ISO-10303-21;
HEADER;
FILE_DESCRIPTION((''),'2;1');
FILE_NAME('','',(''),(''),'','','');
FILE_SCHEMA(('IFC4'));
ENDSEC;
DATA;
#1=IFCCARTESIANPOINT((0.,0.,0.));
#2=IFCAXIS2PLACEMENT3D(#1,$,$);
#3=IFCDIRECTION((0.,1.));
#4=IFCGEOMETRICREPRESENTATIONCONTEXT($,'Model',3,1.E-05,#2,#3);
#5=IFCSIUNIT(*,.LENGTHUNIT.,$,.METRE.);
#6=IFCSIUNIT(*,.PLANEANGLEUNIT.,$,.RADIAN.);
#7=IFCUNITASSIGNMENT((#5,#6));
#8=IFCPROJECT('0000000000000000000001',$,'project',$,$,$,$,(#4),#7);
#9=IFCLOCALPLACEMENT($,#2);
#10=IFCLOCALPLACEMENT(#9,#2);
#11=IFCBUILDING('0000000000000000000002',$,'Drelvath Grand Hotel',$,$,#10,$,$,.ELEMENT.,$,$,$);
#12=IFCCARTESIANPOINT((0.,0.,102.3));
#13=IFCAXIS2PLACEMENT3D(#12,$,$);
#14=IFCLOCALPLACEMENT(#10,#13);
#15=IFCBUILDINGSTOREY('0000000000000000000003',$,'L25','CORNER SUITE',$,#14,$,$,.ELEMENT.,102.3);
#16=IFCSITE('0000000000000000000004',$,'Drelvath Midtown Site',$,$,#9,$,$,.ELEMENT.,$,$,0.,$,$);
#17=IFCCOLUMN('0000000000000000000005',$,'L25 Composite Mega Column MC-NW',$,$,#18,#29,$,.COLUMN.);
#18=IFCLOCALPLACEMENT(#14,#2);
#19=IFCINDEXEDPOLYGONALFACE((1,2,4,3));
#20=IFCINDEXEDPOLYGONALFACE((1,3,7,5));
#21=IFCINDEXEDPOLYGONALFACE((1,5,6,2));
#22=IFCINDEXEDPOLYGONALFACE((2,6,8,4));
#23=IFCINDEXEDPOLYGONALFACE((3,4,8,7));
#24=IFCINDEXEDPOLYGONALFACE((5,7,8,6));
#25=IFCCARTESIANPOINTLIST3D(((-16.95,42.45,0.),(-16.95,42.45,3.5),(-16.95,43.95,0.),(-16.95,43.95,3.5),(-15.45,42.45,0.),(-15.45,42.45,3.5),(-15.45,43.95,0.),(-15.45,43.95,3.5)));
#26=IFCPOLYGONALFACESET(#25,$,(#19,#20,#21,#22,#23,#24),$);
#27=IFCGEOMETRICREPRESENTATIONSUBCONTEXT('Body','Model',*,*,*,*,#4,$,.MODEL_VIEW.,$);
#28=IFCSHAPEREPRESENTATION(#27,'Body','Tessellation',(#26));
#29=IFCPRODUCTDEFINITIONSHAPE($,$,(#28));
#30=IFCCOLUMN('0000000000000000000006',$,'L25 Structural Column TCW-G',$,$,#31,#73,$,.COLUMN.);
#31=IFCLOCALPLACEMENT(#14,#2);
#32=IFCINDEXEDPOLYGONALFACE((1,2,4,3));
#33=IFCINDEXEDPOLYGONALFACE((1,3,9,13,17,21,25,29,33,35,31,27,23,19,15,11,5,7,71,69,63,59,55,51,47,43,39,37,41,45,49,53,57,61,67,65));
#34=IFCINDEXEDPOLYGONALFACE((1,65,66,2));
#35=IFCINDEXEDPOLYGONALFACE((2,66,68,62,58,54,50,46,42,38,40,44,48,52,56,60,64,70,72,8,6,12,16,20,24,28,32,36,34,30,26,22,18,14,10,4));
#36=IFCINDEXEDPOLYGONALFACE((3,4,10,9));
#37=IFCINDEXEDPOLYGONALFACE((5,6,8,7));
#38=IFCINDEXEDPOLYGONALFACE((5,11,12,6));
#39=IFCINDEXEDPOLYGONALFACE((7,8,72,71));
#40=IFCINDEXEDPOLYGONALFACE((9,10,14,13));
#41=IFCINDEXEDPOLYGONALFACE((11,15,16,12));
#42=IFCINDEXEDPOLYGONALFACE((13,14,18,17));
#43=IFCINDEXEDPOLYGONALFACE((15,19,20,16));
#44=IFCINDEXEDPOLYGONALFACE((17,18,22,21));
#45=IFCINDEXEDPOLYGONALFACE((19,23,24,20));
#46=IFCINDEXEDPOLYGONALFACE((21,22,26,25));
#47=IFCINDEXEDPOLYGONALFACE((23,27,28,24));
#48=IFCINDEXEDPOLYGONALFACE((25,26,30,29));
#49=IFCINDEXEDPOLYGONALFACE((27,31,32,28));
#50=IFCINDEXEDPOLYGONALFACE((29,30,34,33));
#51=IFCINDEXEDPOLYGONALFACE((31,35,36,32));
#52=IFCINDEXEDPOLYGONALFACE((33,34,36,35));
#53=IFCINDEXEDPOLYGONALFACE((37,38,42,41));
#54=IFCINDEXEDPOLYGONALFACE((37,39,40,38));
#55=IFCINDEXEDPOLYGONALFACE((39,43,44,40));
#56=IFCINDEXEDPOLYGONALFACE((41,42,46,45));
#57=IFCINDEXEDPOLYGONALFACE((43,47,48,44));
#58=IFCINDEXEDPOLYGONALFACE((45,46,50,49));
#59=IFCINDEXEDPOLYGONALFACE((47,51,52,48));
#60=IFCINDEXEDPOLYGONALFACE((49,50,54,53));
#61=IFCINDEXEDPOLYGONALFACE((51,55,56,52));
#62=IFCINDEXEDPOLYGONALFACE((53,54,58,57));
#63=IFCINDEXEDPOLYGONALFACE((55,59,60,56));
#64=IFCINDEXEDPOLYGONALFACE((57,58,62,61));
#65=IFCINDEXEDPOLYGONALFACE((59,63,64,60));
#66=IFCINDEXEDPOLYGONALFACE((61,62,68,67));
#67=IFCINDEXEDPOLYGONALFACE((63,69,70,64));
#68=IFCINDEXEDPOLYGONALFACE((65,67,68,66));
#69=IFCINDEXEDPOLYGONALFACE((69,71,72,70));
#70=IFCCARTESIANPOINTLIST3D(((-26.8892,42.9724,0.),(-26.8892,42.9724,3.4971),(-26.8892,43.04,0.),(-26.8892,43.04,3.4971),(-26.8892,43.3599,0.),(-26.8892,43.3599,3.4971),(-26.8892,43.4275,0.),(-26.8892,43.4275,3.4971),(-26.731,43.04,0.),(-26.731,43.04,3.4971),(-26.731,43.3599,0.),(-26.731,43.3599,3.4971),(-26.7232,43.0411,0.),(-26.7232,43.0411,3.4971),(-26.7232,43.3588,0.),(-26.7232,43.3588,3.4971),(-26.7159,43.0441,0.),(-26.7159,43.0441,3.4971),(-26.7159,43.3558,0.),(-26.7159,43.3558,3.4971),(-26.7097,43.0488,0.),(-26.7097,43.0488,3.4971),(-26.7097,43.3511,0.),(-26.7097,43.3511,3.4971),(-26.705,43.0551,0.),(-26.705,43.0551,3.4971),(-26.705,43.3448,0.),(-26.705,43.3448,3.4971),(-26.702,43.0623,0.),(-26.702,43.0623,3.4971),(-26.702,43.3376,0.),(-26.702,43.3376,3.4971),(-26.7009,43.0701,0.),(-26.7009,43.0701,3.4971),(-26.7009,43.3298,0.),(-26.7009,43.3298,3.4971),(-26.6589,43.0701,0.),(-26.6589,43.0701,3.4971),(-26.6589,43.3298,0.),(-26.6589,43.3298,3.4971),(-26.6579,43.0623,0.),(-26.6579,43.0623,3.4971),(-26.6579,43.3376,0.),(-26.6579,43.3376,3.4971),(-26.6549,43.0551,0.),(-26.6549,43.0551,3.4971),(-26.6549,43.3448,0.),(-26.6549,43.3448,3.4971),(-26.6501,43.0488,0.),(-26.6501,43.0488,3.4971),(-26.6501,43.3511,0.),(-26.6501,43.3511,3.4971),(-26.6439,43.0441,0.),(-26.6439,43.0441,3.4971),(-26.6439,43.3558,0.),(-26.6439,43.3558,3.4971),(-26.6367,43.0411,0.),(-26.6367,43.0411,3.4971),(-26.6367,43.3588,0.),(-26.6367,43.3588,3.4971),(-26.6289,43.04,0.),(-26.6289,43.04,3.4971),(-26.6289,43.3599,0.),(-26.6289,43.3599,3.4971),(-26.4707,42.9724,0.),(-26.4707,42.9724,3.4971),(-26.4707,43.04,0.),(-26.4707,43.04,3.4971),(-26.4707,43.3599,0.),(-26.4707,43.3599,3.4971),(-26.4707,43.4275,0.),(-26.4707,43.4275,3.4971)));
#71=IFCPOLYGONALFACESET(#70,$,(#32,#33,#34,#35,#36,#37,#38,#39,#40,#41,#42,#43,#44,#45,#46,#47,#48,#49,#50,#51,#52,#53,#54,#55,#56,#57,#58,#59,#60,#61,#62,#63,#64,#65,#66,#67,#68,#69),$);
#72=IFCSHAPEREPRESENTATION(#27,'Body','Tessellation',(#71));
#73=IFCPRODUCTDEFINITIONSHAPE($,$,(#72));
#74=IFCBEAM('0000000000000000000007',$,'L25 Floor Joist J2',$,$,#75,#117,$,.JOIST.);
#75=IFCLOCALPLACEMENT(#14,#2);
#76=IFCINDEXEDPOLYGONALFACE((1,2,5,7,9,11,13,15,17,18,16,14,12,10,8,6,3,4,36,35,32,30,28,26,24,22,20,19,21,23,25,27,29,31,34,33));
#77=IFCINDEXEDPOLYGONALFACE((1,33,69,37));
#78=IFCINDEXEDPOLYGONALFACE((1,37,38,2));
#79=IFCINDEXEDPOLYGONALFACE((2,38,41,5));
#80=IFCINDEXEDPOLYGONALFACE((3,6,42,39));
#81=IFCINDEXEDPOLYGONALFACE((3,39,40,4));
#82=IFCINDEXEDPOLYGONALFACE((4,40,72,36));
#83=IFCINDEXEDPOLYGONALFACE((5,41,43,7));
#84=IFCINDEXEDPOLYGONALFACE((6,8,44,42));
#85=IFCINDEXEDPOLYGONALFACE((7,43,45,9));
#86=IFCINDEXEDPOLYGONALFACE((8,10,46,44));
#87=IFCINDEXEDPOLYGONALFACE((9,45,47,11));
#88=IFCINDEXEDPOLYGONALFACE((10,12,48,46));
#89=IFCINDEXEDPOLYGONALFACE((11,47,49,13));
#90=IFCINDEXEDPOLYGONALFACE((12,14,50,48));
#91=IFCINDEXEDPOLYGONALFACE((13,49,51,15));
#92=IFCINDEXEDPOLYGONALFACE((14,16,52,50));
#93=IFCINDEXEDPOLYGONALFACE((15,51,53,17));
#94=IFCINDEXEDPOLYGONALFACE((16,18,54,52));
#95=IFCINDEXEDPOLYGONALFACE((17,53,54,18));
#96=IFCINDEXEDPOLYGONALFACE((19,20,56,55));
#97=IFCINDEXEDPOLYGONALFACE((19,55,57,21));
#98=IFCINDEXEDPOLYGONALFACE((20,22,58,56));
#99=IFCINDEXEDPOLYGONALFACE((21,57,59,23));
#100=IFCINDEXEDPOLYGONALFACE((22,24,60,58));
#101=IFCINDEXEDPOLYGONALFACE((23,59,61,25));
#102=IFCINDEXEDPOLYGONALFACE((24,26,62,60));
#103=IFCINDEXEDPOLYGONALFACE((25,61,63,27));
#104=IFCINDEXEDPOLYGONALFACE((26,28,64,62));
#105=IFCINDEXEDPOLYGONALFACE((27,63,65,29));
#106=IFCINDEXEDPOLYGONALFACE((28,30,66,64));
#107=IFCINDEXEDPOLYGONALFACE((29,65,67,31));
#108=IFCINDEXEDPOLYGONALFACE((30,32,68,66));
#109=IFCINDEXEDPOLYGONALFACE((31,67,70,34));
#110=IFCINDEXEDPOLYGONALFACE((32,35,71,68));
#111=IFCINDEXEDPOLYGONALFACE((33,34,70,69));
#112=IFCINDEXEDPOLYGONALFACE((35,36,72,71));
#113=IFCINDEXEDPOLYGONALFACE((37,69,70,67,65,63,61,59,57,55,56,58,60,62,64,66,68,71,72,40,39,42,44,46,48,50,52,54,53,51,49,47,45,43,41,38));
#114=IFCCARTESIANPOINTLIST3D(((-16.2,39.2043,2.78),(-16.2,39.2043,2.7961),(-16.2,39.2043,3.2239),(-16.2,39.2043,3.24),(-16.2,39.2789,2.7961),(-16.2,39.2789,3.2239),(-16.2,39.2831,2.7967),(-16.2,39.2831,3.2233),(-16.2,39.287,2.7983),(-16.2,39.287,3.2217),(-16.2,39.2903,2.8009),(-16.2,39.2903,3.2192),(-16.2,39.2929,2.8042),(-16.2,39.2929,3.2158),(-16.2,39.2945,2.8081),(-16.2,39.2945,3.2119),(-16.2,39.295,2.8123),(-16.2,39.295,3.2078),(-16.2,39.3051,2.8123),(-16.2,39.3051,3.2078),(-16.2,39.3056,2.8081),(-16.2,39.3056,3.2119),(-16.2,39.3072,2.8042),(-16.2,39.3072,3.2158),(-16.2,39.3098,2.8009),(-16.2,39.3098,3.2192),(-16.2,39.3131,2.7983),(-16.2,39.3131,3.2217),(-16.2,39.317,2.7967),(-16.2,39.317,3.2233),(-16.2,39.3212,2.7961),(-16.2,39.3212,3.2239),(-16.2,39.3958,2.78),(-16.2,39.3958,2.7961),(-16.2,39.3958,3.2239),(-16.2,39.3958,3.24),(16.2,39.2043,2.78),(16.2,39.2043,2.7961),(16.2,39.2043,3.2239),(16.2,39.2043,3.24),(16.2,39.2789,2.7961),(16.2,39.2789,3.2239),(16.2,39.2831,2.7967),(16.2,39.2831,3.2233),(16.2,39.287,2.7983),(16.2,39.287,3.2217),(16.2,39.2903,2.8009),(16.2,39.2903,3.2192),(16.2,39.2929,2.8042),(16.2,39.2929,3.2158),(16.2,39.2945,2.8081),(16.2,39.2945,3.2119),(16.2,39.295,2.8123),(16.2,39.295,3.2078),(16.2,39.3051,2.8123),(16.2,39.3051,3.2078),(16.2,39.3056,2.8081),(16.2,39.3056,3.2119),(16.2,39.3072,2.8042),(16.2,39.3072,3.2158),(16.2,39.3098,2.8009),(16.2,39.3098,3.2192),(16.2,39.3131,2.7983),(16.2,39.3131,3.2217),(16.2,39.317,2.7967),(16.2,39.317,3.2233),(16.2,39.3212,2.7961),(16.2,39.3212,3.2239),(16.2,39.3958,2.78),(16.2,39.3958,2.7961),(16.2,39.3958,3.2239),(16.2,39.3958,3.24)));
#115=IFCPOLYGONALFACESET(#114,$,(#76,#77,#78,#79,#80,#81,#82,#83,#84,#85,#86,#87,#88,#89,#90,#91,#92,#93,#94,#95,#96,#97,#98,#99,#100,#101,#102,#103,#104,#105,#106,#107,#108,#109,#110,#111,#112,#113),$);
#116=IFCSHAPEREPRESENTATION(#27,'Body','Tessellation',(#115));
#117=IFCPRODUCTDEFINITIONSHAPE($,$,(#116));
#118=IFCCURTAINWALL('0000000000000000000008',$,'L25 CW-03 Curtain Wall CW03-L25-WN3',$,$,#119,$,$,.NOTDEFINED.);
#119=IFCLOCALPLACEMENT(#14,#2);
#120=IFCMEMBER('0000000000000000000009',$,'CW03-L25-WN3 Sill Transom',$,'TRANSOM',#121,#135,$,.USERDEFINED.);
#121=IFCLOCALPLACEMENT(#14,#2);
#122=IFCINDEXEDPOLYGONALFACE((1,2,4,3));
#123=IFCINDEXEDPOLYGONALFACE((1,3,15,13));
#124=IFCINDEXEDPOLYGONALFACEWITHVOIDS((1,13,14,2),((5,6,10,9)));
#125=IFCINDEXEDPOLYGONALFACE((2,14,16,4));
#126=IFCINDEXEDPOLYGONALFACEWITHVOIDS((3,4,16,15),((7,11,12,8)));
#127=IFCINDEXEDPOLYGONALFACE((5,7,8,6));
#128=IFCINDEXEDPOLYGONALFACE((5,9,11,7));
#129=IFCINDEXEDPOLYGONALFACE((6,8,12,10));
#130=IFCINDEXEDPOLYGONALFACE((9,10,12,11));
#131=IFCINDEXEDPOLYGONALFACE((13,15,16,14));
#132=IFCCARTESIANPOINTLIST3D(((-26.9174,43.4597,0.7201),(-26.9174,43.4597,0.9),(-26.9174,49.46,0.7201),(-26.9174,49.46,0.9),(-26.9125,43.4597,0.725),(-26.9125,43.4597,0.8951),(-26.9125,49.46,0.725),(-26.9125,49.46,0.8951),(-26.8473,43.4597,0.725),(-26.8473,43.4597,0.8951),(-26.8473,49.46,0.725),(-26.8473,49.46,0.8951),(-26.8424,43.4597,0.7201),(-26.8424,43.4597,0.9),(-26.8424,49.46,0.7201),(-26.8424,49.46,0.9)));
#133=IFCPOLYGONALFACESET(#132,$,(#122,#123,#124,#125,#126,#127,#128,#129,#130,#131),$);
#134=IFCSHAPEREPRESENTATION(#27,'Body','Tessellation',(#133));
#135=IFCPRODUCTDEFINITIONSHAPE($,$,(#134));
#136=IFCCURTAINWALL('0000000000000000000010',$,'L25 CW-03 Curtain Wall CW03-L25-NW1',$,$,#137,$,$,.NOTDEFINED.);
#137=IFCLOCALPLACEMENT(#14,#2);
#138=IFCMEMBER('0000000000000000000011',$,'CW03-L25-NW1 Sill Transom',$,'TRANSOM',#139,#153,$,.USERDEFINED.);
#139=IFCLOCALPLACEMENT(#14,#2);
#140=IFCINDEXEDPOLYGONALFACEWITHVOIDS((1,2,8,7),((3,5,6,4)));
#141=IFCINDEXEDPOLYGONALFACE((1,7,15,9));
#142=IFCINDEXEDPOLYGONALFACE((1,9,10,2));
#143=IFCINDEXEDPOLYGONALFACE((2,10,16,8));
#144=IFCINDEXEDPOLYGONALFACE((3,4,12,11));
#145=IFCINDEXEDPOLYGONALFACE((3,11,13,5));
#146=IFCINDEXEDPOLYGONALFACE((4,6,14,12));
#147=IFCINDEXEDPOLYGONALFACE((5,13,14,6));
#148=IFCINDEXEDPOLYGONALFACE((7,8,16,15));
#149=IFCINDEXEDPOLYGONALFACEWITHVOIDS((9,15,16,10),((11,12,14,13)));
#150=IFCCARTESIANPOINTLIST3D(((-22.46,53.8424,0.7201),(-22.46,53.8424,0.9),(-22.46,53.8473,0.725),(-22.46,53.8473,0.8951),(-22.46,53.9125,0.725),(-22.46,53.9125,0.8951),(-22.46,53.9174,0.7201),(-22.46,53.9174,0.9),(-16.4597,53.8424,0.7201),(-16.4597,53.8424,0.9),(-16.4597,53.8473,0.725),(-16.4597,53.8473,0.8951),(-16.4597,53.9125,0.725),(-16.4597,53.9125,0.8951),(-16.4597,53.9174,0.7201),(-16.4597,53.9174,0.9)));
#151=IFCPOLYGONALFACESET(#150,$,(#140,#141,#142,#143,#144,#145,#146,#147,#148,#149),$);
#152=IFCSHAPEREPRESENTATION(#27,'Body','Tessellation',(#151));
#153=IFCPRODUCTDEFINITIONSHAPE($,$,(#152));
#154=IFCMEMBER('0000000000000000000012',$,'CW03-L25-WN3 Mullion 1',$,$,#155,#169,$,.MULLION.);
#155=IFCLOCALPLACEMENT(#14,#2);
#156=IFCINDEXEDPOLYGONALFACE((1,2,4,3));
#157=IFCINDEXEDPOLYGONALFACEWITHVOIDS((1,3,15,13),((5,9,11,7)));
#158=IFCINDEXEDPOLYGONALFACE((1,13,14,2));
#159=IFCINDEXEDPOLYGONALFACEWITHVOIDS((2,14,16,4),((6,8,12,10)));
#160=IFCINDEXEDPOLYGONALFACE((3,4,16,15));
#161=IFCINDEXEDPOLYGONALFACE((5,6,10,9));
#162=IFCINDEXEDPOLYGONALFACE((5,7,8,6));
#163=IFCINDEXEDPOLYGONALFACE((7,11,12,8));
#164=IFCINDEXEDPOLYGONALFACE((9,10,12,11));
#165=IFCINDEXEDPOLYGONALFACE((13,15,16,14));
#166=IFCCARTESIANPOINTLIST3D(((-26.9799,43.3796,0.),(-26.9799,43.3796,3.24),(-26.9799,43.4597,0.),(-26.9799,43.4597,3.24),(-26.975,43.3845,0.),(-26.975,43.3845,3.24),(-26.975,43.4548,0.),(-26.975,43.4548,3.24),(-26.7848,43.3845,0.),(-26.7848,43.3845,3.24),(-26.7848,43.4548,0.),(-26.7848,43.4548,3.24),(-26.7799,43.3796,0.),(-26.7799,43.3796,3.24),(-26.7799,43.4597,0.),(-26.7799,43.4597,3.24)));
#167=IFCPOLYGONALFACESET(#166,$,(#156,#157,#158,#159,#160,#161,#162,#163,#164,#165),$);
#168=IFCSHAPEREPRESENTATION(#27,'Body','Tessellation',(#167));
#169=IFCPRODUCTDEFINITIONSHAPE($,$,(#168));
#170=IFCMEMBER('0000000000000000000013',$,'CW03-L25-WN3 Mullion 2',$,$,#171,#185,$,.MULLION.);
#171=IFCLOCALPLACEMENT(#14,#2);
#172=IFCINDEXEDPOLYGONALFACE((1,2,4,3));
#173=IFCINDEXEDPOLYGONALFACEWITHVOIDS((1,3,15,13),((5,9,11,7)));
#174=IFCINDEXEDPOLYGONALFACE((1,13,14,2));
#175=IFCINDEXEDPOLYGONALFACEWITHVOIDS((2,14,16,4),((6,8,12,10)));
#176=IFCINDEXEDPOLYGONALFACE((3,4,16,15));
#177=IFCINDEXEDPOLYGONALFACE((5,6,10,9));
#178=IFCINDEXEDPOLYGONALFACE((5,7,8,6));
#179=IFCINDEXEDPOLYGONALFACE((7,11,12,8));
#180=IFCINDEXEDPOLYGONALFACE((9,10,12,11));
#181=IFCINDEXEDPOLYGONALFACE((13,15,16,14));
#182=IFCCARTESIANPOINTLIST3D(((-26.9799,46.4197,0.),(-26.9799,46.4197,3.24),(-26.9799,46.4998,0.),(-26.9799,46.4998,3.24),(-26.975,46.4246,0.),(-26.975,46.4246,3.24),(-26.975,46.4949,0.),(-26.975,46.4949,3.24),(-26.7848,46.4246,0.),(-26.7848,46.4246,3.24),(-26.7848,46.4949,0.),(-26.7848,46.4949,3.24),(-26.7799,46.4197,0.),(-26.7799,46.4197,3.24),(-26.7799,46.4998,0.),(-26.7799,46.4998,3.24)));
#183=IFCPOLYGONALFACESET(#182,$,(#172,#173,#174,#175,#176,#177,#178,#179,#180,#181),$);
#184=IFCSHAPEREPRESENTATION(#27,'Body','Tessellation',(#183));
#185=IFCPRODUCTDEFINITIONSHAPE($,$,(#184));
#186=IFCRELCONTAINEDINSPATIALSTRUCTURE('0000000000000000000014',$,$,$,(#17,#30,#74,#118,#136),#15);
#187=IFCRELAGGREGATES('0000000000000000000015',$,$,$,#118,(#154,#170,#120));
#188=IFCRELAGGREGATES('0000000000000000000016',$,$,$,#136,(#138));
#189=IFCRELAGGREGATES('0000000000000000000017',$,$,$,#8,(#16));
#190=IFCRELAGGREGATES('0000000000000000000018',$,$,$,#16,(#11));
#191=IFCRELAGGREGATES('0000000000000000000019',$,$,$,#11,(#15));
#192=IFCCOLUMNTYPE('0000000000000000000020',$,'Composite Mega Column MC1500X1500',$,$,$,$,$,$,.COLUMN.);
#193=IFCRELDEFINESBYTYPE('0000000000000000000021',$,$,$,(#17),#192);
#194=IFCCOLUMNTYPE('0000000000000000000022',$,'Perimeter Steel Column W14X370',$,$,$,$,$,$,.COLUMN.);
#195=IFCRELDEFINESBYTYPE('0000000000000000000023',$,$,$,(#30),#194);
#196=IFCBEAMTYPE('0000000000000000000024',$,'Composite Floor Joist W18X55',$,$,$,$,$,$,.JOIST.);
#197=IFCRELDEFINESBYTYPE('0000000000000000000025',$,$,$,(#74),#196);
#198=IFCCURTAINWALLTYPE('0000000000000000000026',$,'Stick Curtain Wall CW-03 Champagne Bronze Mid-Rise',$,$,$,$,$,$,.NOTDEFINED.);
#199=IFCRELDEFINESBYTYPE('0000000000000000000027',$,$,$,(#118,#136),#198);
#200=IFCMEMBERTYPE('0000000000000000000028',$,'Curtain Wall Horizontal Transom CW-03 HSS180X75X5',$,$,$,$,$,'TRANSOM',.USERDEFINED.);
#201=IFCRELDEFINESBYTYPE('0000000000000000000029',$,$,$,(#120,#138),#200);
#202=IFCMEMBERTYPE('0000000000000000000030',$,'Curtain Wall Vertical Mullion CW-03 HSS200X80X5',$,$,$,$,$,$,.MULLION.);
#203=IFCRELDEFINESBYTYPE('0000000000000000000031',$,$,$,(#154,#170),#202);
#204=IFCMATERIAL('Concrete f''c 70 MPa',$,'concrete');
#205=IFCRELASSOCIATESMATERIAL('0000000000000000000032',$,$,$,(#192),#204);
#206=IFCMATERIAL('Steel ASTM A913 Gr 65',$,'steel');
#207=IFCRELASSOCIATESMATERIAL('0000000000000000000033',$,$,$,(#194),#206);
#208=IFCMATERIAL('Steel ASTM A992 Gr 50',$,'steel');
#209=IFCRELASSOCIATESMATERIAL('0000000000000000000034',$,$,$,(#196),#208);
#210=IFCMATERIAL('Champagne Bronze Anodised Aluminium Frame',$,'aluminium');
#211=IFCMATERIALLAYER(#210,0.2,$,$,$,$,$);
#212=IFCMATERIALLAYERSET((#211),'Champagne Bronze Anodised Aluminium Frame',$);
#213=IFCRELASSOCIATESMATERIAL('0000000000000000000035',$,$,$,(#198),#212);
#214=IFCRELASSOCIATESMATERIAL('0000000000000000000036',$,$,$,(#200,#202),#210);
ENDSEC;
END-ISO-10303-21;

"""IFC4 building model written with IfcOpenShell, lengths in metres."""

from ifc_helpers import new_model, si_unit, direction, frame, origin, origin_2d, place, context, subcontext, project, spatial, rectangle, hollow_rectangle, i_section, extrude, material, layer, layer_set, material_profile, profile_set, type_object, element, aggregate, save


model = new_model("IFC4")

# Units and contexts
model_context = context("Model", 3, precision=1e-05, world=origin(), true_north=direction((0.0, 1.0)))
body_context = subcontext(model_context, "Body", "Model", "MODEL_VIEW")
ifc_project = project(units=[si_unit("LENGTHUNIT", "METRE"), si_unit("PLANEANGLEUNIT", "RADIAN")], contexts=[model_context])

# Site, building, storey
site_placement = place(None, origin())
site = spatial("IfcSite", under=ifc_project, at=site_placement, Name="Drelvath Midtown Site", CompositionType="ELEMENT", RefElevation=0.0)
building_placement = place(site_placement, origin())
building = spatial("IfcBuilding", under=site, at=building_placement, Name="Drelvath Grand Hotel", CompositionType="ELEMENT")
storey_placement = place(building_placement, frame((0.0, 0.0, 102.3)))
storey = spatial("IfcBuildingStorey", under=building, at=storey_placement, Name="L25", Description="CORNER SUITE", CompositionType="ELEMENT", Elevation=102.3)

# Columns
ifc_material_1 = material(Name="Concrete f'c 70 MPa", Category="concrete")
ifc_material_profile_1 = material_profile(ifc_material_1, rectangle(XDim=1.5, YDim=1.5, at=origin_2d()), Name="MC1500X1500")
ifc_profile_set_1 = profile_set([ifc_material_profile_1], Name="Concrete f'c 70 MPa")
column_type_1 = type_object("IfcColumnType", Name="Composite Mega Column MC1500X1500", PredefinedType="COLUMN", material=ifc_profile_set_1)
column_1_placement = place(storey_placement, frame((-16.2, 43.2, 0.0), z_axis=(0.0, 0.0, 1.0), x_axis=(1.0, 0.0, 0.0)))
element("IfcColumn", 1, at=column_1_placement, inside=storey, type_object=column_type_1, Name="L25 Composite Mega Column MC-NW", PredefinedType="COLUMN", context=body_context, shape_type="SweptSolid", body=[
    extrude(rectangle(XDim=1.5, YDim=1.5, at=origin_2d()), origin(), (0.0, 0.0, 1.0), 3.5),
])
ifc_material_2 = material(Name="Steel ASTM A913 Gr 65", Category="steel")
ifc_material_profile_2 = material_profile(ifc_material_2, i_section(OverallWidth=0.4185, OverallDepth=0.4551, WebThickness=0.042, FlangeThickness=0.0676, FilletRadius=0.03, at=origin_2d()), Name="W14X370")
ifc_profile_set_2 = profile_set([ifc_material_profile_2], Name="Steel ASTM A913 Gr 65")
column_type_2 = type_object("IfcColumnType", Name="Perimeter Steel Column W14X370", PredefinedType="COLUMN", material=ifc_profile_set_2)
column_2_placement = place(storey_placement, frame((-26.6799, 43.2, 0.0), z_axis=(0.0, 0.0, 1.0), x_axis=(1.0, 0.0, 0.0)))
element("IfcColumn", 2, at=column_2_placement, inside=storey, type_object=column_type_2, Name="L25 Structural Column TCW-G", PredefinedType="COLUMN", context=body_context, shape_type="SweptSolid", body=[
    extrude(i_section(OverallWidth=0.4185, OverallDepth=0.4551, WebThickness=0.042, FlangeThickness=0.0676, FilletRadius=0.03, at=origin_2d()), origin(), (0.0, 0.0, 1.0), 3.4971),
])

# Beam
ifc_material_3 = material(Name="Steel ASTM A992 Gr 50", Category="steel")
ifc_material_profile_3 = material_profile(ifc_material_3, i_section(OverallWidth=0.1914, OverallDepth=0.46, WebThickness=0.01, FlangeThickness=0.0161, FilletRadius=0.0161, at=origin_2d()), Name="W18X55")
ifc_profile_set_3 = profile_set([ifc_material_profile_3], Name="Steel ASTM A992 Gr 50")
beam_type_1 = type_object("IfcBeamType", Name="Composite Floor Joist W18X55", PredefinedType="JOIST", material=ifc_profile_set_3)
beam_1_placement = place(storey_placement, frame((-16.2, 39.3, 3.01), z_axis=(1.0, 0.0, 0.0), x_axis=(0.0, 1.0, 0.0)))
element("IfcBeam", 3, at=beam_1_placement, inside=storey, type_object=beam_type_1, Name="L25 Floor Joist J2", PredefinedType="JOIST", context=body_context, shape_type="SweptSolid", body=[
    extrude(i_section(OverallWidth=0.1914, OverallDepth=0.46, WebThickness=0.01, FlangeThickness=0.0161, FilletRadius=0.0161, at=origin_2d()), origin(), (0.0, 0.0, 1.0), 32.3999),
])

# Curtain walls, members
ifc_material_4 = material(Name="Champagne Bronze Anodised Aluminium Frame", Category="aluminium")
ifc_layer_1 = layer(ifc_material_4, 0.2)
ifc_layer_set_1 = layer_set([ifc_layer_1], Name="Champagne Bronze Anodised Aluminium Frame")
curtain_wall_type = type_object("IfcCurtainWallType", Name="Stick Curtain Wall CW-03 Champagne Bronze Mid-Rise", PredefinedType="NOTDEFINED", material=ifc_layer_set_1)
curtain_wall_1_placement = place(storey_placement, origin())
curtain_wall_1 = element("IfcCurtainWall", 4, at=curtain_wall_1_placement, inside=storey, type_object=curtain_wall_type, Name="L25 CW-03 Curtain Wall CW03-L25-WN3", PredefinedType="NOTDEFINED")
ifc_material_profile_4 = material_profile(ifc_material_4, hollow_rectangle(XDim=0.075, YDim=0.1799, WallThickness=0.0049, at=origin_2d()), Name="HSS180X75X5")
ifc_profile_set_4 = profile_set([ifc_material_profile_4], Name="Champagne Bronze Anodised Aluminium Frame")
member_type_1 = type_object("IfcMemberType", Name="Curtain Wall Horizontal Transom CW-03 HSS180X75X5", ElementType="TRANSOM", PredefinedType="USERDEFINED", material=ifc_profile_set_4)
member_1_placement = place(storey_placement, frame((-26.8799, 43.4597, 0.8101), z_axis=(0.0, 1.0, 0.0), x_axis=(-1.0, 0.0, 0.0)))
member_1 = element("IfcMember", 5, at=member_1_placement, type_object=member_type_1, Name="CW03-L25-WN3 Sill Transom", ObjectType="TRANSOM", PredefinedType="USERDEFINED", context=body_context, shape_type="SweptSolid", body=[
    extrude(hollow_rectangle(XDim=0.075, YDim=0.1799, WallThickness=0.0049, at=origin_2d()), origin(), (0.0, 0.0, 1.0), 6.0002),
])
curtain_wall_2_placement = place(storey_placement, origin())
curtain_wall_2 = element("IfcCurtainWall", 6, at=curtain_wall_2_placement, inside=storey, type_object=curtain_wall_type, Name="L25 CW-03 Curtain Wall CW03-L25-NW1", PredefinedType="NOTDEFINED")
member_2_placement = place(storey_placement, frame((-22.46, 53.8799, 0.8101), z_axis=(1.0, 0.0, 0.0), x_axis=(0.0, 1.0, 0.0)))
member_2 = element("IfcMember", 7, at=member_2_placement, type_object=member_type_1, Name="CW03-L25-NW1 Sill Transom", ObjectType="TRANSOM", PredefinedType="USERDEFINED", context=body_context, shape_type="SweptSolid", body=[
    extrude(hollow_rectangle(XDim=0.075, YDim=0.1799, WallThickness=0.0049, at=origin_2d()), origin(), (0.0, 0.0, 1.0), 6.0002),
])

# Members
ifc_material_profile_5 = material_profile(ifc_material_4, hollow_rectangle(XDim=0.0801, YDim=0.2, WallThickness=0.0049, at=origin_2d()), Name="HSS200X80X5")
ifc_profile_set_5 = profile_set([ifc_material_profile_5], Name="Champagne Bronze Anodised Aluminium Frame")
member_type_2 = type_object("IfcMemberType", Name="Curtain Wall Vertical Mullion CW-03 HSS200X80X5", PredefinedType="MULLION", material=ifc_profile_set_5)
member_3_placement = place(storey_placement, frame((-26.8799, 43.4197, 0.0), z_axis=(0.0, 0.0, 1.0), x_axis=(0.0, 1.0, 0.0)))
member_3 = element("IfcMember", 8, at=member_3_placement, type_object=member_type_2, Name="CW03-L25-WN3 Mullion 1", PredefinedType="MULLION", context=body_context, shape_type="SweptSolid", body=[
    extrude(hollow_rectangle(XDim=0.0801, YDim=0.2, WallThickness=0.0049, at=origin_2d()), origin(), (0.0, 0.0, 1.0), 3.24),
])
member_4_placement = place(storey_placement, frame((-26.8799, 46.4597, 0.0), z_axis=(0.0, 0.0, 1.0), x_axis=(0.0, 1.0, 0.0)))
member_4 = element("IfcMember", 9, at=member_4_placement, type_object=member_type_2, Name="CW03-L25-WN3 Mullion 2", PredefinedType="MULLION", context=body_context, shape_type="SweptSolid", body=[
    extrude(hollow_rectangle(XDim=0.0801, YDim=0.2, WallThickness=0.0049, at=origin_2d()), origin(), (0.0, 0.0, 1.0), 3.24),
])

aggregate(curtain_wall_1, [member_3, member_4, member_1])
aggregate(curtain_wall_2, [member_2])

save(model, "model.ifc")
